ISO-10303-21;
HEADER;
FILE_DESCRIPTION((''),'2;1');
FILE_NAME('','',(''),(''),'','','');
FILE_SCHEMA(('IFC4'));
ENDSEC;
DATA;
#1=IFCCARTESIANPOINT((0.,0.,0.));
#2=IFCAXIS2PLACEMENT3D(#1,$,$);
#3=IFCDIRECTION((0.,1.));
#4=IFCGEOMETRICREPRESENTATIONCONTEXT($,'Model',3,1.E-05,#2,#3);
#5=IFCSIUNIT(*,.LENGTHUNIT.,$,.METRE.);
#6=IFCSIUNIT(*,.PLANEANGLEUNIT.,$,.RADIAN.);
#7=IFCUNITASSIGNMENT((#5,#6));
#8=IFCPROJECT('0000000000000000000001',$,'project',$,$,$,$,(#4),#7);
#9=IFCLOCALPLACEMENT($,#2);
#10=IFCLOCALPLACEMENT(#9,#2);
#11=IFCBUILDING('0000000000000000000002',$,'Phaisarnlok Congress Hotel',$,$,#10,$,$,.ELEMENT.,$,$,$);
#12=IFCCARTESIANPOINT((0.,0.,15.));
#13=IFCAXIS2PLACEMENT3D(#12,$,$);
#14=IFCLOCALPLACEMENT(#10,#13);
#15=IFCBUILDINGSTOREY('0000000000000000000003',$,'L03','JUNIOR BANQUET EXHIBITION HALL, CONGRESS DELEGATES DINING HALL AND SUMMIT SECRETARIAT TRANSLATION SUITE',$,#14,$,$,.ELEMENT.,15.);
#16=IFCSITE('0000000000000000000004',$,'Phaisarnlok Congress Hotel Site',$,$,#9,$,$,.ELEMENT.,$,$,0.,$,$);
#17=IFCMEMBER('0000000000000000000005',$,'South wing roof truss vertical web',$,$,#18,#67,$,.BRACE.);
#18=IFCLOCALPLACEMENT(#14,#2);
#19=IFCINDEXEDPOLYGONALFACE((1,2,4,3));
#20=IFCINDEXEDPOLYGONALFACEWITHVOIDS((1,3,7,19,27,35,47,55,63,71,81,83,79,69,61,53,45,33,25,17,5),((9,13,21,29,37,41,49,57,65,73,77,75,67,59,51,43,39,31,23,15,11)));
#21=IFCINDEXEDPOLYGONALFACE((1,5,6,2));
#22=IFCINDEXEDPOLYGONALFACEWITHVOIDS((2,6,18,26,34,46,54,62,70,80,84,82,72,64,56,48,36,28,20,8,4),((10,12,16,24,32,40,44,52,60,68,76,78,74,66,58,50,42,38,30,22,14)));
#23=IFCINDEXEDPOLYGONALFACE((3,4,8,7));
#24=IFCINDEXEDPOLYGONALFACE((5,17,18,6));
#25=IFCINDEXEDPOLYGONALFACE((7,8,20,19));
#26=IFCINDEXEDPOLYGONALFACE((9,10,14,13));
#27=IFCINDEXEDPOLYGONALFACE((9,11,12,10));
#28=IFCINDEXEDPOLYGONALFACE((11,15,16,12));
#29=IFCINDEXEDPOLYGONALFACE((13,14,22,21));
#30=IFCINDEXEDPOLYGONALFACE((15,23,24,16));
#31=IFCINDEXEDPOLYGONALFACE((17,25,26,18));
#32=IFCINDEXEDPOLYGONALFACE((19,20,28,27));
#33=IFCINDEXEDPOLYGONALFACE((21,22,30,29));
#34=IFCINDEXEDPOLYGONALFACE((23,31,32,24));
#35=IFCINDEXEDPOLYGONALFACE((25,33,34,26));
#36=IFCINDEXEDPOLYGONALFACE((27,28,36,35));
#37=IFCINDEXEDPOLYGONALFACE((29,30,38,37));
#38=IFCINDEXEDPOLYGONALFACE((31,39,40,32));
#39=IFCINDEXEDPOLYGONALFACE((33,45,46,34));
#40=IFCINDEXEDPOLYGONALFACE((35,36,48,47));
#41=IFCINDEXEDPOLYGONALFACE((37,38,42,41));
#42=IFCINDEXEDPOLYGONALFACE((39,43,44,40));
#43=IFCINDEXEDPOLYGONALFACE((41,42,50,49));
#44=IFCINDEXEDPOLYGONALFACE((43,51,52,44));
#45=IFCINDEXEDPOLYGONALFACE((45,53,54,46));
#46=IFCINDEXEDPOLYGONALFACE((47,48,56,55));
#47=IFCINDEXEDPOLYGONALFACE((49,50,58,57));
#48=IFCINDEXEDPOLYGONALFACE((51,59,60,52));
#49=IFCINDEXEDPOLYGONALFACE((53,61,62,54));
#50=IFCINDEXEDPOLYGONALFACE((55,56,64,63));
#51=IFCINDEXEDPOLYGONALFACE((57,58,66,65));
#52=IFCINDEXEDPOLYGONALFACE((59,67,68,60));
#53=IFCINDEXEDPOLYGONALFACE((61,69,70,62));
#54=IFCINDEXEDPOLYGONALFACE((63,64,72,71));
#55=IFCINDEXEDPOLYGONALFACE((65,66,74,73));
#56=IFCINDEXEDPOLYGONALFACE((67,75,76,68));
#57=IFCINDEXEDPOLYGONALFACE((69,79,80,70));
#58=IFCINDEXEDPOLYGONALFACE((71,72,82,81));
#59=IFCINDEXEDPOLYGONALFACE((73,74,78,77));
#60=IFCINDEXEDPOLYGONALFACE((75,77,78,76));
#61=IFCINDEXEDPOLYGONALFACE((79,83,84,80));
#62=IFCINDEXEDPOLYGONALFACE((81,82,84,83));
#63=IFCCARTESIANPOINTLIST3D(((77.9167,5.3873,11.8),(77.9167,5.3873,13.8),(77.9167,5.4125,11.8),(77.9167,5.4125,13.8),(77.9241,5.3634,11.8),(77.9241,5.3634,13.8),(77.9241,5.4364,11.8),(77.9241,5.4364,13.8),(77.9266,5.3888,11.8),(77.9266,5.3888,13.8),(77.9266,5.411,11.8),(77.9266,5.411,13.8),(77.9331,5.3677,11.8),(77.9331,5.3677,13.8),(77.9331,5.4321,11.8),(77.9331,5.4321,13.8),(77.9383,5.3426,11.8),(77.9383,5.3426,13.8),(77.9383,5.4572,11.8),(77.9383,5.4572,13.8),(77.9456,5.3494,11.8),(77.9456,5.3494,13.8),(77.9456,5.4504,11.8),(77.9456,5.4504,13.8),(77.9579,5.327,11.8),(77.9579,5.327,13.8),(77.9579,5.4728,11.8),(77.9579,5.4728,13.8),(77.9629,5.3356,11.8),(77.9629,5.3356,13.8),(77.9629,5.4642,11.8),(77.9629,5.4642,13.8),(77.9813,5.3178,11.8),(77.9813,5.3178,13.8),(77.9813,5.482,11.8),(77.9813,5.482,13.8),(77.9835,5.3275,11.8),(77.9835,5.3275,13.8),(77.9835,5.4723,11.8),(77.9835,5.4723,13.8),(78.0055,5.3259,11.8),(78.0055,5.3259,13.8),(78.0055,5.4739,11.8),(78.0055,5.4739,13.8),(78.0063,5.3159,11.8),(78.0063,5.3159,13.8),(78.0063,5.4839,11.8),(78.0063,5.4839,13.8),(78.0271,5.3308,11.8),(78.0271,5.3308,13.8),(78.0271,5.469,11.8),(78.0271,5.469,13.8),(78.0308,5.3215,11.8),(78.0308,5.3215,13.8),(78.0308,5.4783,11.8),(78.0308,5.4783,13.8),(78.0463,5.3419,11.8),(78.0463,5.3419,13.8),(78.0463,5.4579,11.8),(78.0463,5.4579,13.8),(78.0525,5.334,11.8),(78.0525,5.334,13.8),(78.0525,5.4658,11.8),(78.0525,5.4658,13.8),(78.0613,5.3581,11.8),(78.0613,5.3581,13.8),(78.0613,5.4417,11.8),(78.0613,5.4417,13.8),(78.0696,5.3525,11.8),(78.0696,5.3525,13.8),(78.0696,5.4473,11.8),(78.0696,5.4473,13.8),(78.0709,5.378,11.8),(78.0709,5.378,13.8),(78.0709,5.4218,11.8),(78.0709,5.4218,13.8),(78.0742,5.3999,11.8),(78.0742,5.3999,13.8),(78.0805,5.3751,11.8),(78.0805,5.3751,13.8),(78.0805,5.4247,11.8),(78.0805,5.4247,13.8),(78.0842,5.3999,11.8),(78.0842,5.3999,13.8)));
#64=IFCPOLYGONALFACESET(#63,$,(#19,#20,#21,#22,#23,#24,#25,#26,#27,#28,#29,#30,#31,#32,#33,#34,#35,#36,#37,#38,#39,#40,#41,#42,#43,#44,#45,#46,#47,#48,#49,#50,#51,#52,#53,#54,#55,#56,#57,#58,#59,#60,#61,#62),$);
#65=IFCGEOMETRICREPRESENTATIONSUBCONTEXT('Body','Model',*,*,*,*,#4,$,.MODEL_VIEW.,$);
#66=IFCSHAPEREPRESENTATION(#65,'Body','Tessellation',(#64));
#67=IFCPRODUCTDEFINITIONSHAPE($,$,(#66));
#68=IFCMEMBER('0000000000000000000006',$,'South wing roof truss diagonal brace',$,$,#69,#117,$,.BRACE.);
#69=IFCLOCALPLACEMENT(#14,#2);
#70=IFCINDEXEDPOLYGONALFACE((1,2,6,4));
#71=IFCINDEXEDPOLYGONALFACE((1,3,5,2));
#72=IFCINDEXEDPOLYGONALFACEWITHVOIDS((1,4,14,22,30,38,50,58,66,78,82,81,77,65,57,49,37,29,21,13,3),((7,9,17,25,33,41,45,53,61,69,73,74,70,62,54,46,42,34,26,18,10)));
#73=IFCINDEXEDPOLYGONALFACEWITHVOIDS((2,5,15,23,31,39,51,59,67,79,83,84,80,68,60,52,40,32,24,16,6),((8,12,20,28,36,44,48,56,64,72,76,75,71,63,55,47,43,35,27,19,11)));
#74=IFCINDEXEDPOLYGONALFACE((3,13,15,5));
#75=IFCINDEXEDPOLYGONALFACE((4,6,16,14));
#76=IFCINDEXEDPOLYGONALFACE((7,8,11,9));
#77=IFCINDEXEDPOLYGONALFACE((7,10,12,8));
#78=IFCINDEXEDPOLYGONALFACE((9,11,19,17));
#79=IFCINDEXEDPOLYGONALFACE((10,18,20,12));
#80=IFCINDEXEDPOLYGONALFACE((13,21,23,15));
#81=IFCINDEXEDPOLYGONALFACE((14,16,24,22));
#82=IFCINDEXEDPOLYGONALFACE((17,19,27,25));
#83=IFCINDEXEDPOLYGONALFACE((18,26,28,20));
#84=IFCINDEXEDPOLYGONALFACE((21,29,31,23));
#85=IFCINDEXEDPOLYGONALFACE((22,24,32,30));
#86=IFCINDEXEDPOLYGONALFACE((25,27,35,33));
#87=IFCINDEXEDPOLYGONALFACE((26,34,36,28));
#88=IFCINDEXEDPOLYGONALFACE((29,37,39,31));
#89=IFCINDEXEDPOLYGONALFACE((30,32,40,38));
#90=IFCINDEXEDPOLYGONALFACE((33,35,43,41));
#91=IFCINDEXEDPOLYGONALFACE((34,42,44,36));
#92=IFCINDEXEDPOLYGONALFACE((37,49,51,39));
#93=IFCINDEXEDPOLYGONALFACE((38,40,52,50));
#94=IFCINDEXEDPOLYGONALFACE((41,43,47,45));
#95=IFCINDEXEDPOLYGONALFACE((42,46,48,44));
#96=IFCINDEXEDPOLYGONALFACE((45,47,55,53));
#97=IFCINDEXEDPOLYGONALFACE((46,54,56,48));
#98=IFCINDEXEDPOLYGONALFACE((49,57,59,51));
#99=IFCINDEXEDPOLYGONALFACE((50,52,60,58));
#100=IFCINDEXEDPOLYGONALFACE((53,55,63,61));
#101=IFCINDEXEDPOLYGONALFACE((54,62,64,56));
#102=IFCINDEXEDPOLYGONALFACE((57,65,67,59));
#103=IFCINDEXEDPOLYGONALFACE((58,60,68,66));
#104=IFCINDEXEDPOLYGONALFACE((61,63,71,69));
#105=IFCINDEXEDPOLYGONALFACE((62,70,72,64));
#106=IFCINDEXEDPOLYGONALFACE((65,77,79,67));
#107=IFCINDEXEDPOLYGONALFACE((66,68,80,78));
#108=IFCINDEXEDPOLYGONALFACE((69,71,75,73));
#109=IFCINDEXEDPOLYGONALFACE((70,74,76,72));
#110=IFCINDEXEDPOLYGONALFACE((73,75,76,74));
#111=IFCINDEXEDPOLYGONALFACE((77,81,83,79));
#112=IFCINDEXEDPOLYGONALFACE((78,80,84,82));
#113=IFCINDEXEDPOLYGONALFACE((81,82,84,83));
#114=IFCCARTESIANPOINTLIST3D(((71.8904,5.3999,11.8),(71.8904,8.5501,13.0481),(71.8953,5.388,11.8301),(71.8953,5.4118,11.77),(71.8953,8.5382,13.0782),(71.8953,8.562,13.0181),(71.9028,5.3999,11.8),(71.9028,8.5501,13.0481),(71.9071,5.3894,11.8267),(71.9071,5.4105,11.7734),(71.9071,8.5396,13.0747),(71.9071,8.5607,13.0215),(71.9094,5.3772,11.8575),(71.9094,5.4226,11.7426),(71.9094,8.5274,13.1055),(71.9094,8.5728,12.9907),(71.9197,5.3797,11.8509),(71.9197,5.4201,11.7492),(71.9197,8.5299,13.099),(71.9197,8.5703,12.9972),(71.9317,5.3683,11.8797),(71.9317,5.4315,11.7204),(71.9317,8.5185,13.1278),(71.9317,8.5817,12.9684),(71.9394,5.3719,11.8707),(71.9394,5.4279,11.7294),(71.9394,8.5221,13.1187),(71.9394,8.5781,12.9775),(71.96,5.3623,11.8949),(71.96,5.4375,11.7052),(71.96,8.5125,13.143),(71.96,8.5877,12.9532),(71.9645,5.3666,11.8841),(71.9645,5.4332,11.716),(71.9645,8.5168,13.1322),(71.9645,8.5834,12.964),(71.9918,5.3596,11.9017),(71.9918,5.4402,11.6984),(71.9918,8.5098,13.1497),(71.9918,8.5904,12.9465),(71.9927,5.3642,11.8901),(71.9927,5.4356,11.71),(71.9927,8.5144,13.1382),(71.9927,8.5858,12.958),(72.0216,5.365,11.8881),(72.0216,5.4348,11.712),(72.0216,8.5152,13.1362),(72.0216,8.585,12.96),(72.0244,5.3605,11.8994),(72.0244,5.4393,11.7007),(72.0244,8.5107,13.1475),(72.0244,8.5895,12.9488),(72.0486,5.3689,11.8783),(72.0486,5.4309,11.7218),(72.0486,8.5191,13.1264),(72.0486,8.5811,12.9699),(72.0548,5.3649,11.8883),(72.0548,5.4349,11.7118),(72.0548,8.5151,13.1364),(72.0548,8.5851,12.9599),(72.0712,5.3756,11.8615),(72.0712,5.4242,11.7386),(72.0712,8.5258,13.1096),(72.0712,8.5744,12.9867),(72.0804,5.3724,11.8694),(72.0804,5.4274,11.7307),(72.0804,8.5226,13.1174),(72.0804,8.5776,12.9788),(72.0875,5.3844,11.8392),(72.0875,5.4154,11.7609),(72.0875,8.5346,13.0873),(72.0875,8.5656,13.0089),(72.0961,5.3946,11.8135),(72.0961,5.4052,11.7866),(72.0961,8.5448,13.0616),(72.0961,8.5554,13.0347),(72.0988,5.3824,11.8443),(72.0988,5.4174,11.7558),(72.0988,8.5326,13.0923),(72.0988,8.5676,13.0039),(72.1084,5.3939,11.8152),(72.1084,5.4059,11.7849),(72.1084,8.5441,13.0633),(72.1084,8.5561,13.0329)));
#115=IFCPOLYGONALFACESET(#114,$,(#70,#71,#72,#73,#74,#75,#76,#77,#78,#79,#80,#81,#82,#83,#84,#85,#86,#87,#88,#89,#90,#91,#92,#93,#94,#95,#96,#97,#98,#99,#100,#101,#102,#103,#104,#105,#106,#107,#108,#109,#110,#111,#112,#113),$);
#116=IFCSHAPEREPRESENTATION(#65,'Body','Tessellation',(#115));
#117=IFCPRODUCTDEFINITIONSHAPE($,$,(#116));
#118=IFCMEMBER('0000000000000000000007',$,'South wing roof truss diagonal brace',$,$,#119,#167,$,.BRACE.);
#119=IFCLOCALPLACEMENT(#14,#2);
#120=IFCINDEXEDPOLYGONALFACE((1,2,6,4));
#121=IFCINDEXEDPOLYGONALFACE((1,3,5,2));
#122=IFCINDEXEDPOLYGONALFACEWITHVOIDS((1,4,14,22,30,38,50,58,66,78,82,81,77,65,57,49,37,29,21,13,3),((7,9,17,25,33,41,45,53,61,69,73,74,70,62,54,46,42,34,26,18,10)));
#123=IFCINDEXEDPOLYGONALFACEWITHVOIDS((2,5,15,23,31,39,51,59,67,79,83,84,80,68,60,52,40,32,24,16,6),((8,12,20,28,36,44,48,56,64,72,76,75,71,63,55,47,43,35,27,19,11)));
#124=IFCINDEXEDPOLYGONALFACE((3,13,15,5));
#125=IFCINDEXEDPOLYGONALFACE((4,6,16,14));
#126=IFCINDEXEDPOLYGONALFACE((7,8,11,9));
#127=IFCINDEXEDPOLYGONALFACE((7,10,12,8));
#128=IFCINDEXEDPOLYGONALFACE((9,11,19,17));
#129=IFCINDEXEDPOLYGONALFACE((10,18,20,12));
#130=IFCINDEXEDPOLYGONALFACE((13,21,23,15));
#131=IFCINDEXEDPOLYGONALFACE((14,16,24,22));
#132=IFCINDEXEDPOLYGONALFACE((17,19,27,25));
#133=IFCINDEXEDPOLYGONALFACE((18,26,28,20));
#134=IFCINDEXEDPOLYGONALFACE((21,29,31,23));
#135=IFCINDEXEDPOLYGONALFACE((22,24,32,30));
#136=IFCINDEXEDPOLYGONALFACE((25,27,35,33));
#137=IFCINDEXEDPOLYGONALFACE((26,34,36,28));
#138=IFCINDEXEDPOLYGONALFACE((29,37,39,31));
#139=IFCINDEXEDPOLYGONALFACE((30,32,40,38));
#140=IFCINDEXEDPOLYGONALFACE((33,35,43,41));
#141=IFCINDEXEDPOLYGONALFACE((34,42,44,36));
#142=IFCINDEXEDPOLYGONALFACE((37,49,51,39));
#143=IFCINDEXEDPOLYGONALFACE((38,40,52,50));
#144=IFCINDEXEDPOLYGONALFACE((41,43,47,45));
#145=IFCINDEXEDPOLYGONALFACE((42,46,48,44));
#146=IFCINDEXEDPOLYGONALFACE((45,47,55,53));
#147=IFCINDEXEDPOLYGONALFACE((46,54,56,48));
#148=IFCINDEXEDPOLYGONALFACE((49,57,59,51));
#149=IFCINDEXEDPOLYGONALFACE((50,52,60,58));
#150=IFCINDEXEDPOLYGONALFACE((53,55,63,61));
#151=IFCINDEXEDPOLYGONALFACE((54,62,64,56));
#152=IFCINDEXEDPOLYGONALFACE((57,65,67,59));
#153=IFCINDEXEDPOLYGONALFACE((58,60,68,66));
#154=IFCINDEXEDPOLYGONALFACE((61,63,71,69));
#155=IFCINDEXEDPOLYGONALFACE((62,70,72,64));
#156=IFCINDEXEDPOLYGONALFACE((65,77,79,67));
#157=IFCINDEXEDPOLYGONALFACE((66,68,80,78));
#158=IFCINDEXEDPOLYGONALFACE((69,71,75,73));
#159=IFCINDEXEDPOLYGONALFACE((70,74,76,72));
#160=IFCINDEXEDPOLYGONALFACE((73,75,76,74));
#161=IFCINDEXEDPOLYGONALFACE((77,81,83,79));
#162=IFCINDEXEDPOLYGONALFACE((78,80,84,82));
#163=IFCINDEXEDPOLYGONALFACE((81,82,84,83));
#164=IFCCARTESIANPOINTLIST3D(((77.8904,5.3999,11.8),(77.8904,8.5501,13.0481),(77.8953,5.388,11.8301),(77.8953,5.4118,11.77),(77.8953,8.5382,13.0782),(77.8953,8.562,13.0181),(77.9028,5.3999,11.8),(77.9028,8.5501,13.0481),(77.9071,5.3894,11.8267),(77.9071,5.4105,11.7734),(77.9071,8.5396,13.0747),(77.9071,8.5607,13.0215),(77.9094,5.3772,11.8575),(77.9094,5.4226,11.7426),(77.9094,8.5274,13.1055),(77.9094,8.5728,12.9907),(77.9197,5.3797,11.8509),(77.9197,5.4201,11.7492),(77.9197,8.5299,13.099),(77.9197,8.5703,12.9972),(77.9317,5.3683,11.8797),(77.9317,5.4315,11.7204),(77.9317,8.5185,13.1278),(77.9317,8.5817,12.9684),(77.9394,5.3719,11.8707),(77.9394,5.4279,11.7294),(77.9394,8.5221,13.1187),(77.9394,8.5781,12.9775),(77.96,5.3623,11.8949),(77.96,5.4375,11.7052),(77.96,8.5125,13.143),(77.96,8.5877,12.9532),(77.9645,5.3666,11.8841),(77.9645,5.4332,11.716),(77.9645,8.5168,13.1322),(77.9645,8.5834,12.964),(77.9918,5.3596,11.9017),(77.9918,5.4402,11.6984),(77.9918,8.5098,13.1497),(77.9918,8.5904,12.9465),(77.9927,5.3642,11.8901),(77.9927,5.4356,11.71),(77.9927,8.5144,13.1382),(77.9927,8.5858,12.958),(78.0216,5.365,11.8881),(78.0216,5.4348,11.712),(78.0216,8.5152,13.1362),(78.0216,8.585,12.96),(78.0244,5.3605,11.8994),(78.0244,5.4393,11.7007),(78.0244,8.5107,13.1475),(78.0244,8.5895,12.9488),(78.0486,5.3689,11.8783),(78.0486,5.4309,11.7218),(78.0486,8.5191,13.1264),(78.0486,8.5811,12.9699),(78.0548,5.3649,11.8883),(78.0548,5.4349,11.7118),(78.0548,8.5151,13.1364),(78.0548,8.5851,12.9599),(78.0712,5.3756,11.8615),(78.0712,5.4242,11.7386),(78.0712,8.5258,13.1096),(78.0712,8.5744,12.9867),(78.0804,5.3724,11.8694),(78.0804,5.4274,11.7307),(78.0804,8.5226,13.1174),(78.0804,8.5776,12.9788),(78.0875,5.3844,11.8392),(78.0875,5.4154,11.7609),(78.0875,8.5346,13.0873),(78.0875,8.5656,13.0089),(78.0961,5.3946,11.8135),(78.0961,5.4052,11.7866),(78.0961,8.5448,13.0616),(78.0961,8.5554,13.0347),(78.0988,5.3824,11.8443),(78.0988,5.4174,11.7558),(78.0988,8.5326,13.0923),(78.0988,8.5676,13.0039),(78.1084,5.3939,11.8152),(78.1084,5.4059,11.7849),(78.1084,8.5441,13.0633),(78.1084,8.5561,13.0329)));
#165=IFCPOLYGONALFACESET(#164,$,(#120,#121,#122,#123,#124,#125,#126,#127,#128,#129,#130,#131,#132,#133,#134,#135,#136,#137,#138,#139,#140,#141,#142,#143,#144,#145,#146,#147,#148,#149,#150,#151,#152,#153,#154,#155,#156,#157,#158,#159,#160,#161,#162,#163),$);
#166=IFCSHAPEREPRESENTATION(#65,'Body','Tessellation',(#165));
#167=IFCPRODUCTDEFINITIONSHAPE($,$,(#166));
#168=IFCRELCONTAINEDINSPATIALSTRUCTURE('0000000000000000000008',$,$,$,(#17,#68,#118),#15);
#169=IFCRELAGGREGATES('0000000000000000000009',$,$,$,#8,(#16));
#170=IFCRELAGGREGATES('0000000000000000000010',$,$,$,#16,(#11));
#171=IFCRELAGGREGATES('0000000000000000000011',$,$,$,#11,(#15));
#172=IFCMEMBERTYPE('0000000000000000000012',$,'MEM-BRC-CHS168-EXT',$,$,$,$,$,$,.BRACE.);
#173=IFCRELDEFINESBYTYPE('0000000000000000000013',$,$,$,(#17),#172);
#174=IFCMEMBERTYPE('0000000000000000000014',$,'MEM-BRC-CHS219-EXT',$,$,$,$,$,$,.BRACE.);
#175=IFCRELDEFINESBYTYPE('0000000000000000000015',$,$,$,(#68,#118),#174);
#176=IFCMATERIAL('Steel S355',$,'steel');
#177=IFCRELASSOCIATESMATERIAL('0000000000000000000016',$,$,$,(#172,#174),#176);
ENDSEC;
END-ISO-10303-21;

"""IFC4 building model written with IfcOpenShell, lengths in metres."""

from ifc_helpers import new_model, si_unit, direction, frame, origin, origin_2d, place, context, subcontext, project, spatial, hollow_circle, extrude, material, material_profile, profile_set, type_object, element, save


model = new_model("IFC4")

# Units and contexts
model_context = context("Model", 3, precision=1e-05, world=origin(), true_north=direction((0.0, 1.0)))
body_context = subcontext(model_context, "Body", "Model", "MODEL_VIEW")
ifc_project = project(units=[si_unit("LENGTHUNIT", "METRE"), si_unit("PLANEANGLEUNIT", "RADIAN")], contexts=[model_context])

# Site, building, storey
site_placement = place(None, origin())
site = spatial("IfcSite", under=ifc_project, at=site_placement, Name="Phaisarnlok Congress Hotel Site", CompositionType="ELEMENT", RefElevation=0.0)
building_placement = place(site_placement, origin())
building = spatial("IfcBuilding", under=site, at=building_placement, Name="Phaisarnlok Congress Hotel", CompositionType="ELEMENT")
storey_placement = place(building_placement, frame((0.0, 0.0, 15.0)))
storey = spatial("IfcBuildingStorey", under=building, at=storey_placement, Name="L03", Description="JUNIOR BANQUET EXHIBITION HALL, CONGRESS DELEGATES DINING HALL AND SUMMIT SECRETARIAT TRANSLATION SUITE", CompositionType="ELEMENT", Elevation=15.0)

# Shared definitions
ifc_material = material(Name="Steel S355", Category="steel")

# Members
ifc_material_profile_1 = material_profile(ifc_material, hollow_circle(Radius=0.0842, WallThickness=0.01, at=origin_2d()), Name="CHS 168.3x10")
ifc_profile_set_1 = profile_set([ifc_material_profile_1], Name="Steel S355")
member_type_1 = type_object("IfcMemberType", Name="MEM-BRC-CHS168-EXT", PredefinedType="BRACE", material=ifc_profile_set_1)
member_1_placement = place(storey_placement, frame((78.0, 5.3999, 11.8), z_axis=(0.0, 0.0, 1.0), x_axis=(1.0, 0.0, 0.0)))
element("IfcMember", 1, at=member_1_placement, inside=storey, type_object=member_type_1, Name="South wing roof truss vertical web", PredefinedType="BRACE", context=body_context, shape_type="SweptSolid", body=[
    extrude(hollow_circle(Radius=0.0842, WallThickness=0.01, at=origin_2d()), origin(), (0.0, 0.0, 1.0), 2.0),
])
ifc_material_profile_2 = material_profile(ifc_material, hollow_circle(Radius=0.1096, WallThickness=0.0125, at=origin_2d()), Name="CHS 219.1x12.5")
ifc_profile_set_2 = profile_set([ifc_material_profile_2], Name="Steel S355")
member_type_2 = type_object("IfcMemberType", Name="MEM-BRC-CHS219-EXT", PredefinedType="BRACE", material=ifc_profile_set_2)
for number, where, z_axis, x_axis, name in (
    (2, (72.0, 5.3999, 11.8), (0.0, 0.929694, 0.368333), (-1.0, 0.0, 0.0), "South wing roof truss diagonal brace"),
    (3, (78.0, 5.3999, 11.8), (0.0, 0.929694, 0.368333), (-1.0, 0.0, 0.0), "South wing roof truss diagonal brace"),
):
    element("IfcMember", number, at=place(storey_placement, frame(where, z_axis=z_axis, x_axis=x_axis)), inside=storey, type_object=member_type_2, Name=name, PredefinedType="BRACE", context=body_context, shape_type="SweptSolid", body=[
        extrude(hollow_circle(Radius=0.1096, WallThickness=0.0125, at=origin_2d()), origin(), (0.0, 0.0, 1.0), 3.3884),
    ])

save(model, "model.ifc")
